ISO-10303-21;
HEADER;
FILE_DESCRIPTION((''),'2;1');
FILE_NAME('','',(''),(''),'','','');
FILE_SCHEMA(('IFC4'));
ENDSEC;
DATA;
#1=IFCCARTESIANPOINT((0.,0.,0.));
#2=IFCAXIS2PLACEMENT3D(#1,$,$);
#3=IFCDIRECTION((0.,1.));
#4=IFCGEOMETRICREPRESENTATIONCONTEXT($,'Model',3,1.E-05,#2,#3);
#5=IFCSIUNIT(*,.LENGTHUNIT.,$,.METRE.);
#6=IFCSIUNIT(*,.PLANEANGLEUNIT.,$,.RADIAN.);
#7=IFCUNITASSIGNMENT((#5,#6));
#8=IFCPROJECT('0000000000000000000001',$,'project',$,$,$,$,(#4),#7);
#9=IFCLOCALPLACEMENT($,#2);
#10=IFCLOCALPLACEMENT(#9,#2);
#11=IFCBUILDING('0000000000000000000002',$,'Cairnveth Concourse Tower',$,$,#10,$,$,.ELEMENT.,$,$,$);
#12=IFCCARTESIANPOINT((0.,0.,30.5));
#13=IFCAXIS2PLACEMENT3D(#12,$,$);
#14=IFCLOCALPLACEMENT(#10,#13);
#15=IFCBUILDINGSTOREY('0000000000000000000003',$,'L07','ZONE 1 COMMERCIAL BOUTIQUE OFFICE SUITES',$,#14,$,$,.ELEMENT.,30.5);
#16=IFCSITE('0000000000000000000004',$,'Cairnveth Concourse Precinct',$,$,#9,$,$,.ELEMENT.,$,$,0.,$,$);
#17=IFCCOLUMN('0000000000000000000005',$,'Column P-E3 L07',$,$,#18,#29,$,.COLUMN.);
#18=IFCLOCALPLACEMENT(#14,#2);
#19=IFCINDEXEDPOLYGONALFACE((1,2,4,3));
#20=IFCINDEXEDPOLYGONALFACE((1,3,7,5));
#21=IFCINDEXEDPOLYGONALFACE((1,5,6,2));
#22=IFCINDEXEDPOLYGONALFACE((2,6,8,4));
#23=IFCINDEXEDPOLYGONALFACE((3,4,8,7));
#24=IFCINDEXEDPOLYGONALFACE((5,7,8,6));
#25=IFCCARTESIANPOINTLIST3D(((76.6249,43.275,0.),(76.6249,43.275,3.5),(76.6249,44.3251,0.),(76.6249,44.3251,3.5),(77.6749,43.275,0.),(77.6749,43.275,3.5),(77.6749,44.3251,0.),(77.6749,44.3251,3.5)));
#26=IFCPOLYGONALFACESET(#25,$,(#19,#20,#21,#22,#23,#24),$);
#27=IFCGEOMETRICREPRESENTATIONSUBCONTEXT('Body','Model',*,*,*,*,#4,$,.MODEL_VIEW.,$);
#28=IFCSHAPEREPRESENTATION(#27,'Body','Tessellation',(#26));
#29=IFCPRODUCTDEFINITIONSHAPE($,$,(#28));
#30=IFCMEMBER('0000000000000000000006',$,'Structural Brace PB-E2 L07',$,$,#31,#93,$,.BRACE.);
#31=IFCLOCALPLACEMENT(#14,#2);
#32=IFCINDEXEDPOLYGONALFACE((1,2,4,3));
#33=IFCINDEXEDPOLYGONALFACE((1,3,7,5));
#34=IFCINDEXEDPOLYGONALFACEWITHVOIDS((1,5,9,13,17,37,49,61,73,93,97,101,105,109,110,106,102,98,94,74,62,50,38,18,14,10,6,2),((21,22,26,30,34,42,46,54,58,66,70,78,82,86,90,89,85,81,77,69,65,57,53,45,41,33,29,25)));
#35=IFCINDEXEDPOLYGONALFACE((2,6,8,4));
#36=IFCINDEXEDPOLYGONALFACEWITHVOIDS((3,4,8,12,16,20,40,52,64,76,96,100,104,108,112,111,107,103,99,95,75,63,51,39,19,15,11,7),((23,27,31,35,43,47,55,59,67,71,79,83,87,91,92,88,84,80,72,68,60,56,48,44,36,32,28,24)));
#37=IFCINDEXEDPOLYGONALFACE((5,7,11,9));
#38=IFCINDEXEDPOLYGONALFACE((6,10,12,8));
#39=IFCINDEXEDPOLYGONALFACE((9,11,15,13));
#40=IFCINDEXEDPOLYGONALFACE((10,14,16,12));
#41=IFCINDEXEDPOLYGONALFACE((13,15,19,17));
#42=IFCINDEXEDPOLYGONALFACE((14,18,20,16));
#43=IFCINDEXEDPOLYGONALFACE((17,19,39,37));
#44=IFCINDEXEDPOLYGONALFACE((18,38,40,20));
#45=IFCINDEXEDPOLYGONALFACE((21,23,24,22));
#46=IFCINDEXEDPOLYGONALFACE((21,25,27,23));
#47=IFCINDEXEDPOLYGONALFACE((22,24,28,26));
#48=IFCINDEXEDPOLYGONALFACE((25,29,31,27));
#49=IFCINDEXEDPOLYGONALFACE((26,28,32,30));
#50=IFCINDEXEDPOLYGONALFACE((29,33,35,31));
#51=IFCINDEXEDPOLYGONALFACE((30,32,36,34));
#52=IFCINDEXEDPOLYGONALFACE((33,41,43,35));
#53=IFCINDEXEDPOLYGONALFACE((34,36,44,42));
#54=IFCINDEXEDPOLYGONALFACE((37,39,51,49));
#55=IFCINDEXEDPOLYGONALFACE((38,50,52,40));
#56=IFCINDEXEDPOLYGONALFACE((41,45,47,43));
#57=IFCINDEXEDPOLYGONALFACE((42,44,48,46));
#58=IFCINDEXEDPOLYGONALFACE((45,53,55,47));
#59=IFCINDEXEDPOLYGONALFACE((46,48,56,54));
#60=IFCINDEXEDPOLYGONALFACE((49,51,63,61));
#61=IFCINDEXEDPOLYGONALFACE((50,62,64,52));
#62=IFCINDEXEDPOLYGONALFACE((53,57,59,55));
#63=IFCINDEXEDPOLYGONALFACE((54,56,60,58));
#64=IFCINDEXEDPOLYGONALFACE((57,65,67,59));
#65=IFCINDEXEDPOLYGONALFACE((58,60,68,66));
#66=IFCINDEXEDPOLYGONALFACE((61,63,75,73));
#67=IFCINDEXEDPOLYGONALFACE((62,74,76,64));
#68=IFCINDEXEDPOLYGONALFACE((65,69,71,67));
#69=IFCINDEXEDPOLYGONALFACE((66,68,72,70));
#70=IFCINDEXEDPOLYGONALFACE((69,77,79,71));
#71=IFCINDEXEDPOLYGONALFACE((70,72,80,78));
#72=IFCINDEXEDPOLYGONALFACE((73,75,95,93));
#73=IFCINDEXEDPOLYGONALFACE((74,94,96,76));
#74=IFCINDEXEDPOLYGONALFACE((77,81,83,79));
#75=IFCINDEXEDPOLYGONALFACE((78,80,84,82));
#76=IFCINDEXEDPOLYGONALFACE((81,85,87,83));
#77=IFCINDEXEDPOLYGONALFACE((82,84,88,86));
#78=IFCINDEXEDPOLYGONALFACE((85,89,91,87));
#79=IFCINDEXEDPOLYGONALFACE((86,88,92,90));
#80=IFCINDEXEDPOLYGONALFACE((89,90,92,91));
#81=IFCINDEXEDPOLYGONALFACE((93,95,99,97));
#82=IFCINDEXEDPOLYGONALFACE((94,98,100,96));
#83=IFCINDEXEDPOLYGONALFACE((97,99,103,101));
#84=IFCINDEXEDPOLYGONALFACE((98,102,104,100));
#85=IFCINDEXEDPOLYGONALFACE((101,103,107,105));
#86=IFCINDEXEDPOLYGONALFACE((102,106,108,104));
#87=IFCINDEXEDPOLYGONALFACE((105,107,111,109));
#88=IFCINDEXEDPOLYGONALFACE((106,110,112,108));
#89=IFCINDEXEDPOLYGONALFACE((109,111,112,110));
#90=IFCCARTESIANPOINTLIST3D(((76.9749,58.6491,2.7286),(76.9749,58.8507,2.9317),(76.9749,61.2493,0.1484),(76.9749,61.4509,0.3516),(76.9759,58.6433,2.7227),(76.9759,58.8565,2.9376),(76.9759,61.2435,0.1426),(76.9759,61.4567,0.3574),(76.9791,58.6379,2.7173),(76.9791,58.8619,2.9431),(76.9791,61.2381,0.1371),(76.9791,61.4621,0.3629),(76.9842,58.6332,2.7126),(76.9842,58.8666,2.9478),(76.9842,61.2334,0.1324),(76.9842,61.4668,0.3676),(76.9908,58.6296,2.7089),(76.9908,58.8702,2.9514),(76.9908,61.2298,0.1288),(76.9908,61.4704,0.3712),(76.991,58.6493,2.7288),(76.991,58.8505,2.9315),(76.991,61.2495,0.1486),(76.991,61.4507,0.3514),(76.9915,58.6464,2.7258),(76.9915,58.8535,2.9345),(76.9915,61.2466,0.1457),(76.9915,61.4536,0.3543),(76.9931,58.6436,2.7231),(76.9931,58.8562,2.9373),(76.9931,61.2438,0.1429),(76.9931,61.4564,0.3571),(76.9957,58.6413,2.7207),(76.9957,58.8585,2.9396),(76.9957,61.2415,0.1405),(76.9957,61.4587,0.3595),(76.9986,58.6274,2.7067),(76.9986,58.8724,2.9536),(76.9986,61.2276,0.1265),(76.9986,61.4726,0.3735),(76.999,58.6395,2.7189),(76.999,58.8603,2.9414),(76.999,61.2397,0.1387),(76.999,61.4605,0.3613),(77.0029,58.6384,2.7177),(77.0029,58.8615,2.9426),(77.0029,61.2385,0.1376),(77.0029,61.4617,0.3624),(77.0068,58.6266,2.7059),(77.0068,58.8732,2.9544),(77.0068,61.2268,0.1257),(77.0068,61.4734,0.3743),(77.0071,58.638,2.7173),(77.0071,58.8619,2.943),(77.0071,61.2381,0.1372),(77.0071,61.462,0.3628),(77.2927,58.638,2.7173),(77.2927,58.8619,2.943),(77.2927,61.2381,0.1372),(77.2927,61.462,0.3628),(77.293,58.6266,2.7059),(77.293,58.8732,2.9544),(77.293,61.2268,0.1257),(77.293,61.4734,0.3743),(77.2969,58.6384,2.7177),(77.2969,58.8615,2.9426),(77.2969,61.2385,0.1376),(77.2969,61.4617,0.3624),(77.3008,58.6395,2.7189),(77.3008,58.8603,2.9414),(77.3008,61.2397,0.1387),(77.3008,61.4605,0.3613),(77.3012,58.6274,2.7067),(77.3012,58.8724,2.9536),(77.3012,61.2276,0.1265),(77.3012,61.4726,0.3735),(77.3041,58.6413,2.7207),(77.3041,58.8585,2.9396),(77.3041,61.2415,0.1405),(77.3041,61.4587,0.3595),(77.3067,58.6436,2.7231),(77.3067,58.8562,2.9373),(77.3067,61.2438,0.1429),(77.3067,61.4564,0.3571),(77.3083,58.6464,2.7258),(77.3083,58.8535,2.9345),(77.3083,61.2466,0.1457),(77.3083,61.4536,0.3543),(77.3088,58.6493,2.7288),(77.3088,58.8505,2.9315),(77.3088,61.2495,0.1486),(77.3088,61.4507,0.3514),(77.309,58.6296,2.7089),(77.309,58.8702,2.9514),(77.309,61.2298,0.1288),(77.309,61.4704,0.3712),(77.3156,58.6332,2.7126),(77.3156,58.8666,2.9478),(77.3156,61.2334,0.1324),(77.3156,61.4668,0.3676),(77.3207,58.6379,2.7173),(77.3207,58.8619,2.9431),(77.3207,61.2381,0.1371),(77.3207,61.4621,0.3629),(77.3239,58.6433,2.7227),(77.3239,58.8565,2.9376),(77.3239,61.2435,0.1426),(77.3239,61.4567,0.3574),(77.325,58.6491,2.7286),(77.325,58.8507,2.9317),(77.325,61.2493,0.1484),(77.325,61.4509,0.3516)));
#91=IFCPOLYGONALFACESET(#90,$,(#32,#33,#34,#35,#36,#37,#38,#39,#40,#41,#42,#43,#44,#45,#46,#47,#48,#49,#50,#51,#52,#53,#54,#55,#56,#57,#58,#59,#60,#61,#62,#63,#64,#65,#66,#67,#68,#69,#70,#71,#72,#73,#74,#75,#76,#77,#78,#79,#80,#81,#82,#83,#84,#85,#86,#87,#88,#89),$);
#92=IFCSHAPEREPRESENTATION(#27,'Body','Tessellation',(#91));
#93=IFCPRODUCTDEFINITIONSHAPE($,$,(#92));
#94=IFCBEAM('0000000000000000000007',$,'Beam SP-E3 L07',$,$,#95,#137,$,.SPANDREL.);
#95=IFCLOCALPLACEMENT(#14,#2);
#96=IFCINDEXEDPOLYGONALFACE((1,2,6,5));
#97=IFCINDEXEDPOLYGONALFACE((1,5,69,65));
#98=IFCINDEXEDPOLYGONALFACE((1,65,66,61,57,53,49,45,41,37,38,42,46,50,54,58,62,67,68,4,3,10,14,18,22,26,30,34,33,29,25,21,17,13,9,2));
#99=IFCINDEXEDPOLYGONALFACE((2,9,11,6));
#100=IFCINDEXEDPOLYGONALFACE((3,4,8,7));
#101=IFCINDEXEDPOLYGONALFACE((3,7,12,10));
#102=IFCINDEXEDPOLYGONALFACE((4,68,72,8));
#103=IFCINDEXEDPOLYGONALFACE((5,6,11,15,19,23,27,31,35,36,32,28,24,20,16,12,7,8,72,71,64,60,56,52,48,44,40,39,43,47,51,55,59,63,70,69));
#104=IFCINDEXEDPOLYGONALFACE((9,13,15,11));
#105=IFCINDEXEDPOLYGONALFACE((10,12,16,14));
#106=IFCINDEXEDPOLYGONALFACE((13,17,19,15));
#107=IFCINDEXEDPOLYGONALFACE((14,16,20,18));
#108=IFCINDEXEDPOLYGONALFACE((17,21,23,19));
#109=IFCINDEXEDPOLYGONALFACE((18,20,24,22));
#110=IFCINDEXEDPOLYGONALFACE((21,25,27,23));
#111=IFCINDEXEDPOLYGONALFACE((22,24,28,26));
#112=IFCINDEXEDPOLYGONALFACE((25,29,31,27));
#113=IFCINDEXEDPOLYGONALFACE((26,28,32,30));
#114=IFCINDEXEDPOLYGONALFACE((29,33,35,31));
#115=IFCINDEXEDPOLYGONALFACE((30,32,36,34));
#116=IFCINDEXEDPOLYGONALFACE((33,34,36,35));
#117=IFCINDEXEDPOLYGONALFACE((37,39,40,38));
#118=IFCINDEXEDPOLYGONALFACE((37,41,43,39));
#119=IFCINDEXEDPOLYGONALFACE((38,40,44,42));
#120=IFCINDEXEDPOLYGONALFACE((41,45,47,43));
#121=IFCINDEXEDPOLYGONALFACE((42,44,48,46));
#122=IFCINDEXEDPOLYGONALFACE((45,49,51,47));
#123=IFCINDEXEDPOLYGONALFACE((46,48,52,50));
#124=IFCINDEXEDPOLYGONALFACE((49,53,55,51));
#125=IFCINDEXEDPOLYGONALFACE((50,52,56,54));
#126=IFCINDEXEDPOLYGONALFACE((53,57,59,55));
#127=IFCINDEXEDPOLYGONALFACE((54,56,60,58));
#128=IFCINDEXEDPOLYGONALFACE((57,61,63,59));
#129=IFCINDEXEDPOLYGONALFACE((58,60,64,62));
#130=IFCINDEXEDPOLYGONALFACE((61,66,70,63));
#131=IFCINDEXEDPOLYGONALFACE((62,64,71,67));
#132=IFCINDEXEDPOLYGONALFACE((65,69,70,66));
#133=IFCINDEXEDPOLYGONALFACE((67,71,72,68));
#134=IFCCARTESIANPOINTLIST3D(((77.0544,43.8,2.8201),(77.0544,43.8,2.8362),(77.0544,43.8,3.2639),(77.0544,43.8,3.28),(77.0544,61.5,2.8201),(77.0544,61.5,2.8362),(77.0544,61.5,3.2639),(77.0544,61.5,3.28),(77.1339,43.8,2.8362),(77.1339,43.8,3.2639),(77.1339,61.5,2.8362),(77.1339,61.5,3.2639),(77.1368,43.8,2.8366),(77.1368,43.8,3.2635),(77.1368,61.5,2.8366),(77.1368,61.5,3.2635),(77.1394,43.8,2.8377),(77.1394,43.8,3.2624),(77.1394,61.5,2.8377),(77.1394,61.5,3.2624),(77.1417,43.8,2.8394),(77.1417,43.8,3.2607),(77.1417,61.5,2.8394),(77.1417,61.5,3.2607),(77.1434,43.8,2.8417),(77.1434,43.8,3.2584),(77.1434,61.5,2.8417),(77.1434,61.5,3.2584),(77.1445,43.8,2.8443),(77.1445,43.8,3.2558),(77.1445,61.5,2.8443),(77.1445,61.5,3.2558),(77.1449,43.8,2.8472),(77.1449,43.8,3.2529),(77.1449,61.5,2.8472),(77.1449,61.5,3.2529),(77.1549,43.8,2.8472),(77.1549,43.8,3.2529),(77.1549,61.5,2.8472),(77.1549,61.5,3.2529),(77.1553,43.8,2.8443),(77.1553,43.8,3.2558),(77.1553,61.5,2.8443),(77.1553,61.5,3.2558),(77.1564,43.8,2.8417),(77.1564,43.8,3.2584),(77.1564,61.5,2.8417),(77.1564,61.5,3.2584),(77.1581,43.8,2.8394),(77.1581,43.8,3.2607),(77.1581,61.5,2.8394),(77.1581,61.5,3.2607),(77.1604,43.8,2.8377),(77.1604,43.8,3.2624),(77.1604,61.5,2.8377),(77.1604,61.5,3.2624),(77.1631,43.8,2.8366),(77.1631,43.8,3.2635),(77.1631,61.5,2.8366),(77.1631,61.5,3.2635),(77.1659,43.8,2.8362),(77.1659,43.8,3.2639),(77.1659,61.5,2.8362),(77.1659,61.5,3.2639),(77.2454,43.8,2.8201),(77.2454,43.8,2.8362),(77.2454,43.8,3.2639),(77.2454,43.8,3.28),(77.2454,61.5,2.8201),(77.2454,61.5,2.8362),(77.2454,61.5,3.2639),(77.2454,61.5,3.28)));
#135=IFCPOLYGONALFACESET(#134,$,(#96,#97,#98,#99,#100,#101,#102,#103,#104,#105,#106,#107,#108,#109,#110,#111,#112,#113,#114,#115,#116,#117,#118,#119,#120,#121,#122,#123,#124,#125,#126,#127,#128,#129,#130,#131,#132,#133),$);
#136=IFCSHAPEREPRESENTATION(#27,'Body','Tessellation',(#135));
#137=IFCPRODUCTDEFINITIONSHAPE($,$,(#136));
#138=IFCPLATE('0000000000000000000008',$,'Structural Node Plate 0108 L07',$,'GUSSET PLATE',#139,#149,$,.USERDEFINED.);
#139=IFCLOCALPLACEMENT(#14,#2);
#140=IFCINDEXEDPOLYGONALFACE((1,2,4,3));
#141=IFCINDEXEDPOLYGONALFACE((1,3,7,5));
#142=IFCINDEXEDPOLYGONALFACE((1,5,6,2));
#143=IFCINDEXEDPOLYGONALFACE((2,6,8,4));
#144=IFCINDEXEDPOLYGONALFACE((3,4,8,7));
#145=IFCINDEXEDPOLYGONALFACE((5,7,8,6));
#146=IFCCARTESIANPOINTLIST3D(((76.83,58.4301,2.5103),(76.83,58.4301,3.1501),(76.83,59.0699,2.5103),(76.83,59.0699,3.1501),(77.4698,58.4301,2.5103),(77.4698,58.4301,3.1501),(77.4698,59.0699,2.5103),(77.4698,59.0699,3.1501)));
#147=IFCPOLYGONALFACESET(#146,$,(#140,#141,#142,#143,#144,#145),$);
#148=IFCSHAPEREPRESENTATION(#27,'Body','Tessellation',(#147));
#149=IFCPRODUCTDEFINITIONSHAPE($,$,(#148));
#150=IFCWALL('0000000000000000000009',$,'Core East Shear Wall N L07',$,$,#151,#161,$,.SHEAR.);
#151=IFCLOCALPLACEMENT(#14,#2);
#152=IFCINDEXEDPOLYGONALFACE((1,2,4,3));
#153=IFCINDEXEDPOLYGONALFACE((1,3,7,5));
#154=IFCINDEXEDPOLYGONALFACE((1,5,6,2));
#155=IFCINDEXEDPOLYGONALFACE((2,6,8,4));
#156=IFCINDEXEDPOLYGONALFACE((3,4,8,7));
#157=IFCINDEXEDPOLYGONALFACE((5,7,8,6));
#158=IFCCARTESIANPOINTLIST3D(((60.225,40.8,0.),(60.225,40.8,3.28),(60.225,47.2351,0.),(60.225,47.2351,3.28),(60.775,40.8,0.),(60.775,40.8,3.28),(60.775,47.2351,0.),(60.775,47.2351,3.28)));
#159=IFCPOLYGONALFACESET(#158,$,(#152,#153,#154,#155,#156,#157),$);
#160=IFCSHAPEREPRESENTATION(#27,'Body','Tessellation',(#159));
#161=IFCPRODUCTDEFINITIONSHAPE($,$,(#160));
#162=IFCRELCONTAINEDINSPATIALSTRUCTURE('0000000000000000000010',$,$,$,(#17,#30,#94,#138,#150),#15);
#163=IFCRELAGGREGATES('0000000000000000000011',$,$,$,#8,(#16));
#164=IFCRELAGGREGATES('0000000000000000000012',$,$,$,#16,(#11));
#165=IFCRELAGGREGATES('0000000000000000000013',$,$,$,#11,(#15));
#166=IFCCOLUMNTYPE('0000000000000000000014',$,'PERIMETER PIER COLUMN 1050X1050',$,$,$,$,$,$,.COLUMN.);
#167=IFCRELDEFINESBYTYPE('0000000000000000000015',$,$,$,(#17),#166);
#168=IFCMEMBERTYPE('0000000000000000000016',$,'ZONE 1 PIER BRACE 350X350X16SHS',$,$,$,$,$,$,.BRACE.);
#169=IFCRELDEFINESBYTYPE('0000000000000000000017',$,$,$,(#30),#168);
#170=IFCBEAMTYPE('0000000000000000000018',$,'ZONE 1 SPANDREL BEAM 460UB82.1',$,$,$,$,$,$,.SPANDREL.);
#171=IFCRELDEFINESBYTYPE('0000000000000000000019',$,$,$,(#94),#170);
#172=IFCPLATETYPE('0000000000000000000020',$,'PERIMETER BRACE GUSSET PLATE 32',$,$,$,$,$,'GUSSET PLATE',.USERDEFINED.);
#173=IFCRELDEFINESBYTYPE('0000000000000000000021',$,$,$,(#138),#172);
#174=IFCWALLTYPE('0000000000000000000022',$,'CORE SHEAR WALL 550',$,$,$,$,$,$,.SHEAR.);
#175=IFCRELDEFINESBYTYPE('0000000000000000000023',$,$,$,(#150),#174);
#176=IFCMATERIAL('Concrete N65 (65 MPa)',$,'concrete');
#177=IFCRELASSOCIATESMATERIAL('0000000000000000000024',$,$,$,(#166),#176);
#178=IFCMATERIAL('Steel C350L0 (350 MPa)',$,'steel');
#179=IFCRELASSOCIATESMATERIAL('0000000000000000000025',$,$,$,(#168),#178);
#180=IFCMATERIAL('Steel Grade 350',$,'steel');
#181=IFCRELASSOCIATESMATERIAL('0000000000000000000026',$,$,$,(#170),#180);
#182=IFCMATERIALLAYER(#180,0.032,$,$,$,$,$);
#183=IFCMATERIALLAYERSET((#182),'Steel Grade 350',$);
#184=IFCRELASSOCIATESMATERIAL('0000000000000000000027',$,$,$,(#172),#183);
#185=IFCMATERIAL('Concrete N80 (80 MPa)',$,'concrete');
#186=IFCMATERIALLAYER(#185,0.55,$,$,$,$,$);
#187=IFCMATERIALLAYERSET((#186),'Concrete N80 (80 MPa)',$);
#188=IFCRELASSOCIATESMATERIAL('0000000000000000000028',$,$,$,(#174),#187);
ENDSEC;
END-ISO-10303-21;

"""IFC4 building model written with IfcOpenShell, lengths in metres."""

from ifc_helpers import new_model, si_unit, direction, frame, frame_2d, origin, origin_2d, place, context, subcontext, project, spatial, rectangle, hollow_rectangle, i_section, extrude, material, layer, layer_set, material_profile, profile_set, type_object, element, save


model = new_model("IFC4")

# Units and contexts
model_context = context("Model", 3, precision=1e-05, world=origin(), true_north=direction((0.0, 1.0)))
body_context = subcontext(model_context, "Body", "Model", "MODEL_VIEW")
ifc_project = project(units=[si_unit("LENGTHUNIT", "METRE"), si_unit("PLANEANGLEUNIT", "RADIAN")], contexts=[model_context])

# Site, building, storey
site_placement = place(None, origin())
site = spatial("IfcSite", under=ifc_project, at=site_placement, Name="Cairnveth Concourse Precinct", CompositionType="ELEMENT", RefElevation=0.0)
building_placement = place(site_placement, origin())
building = spatial("IfcBuilding", under=site, at=building_placement, Name="Cairnveth Concourse Tower", CompositionType="ELEMENT")
storey_placement = place(building_placement, frame((0.0, 0.0, 30.5)))
storey = spatial("IfcBuildingStorey", under=building, at=storey_placement, Name="L07", Description="ZONE 1 COMMERCIAL BOUTIQUE OFFICE SUITES", CompositionType="ELEMENT", Elevation=30.5)

# Column
ifc_material_1 = material(Name="Concrete N65 (65 MPa)", Category="concrete")
ifc_material_profile_1 = material_profile(ifc_material_1, rectangle(XDim=1.05, YDim=1.05, at=origin_2d()), Name="RC-COL-1050x1050")
ifc_profile_set_1 = profile_set([ifc_material_profile_1], Name="Concrete N65 (65 MPa)")
column_type = type_object("IfcColumnType", Name="PERIMETER PIER COLUMN 1050X1050", PredefinedType="COLUMN", material=ifc_profile_set_1)
column_placement = place(storey_placement, frame((77.1499, 43.8, 0.0), z_axis=(0.0, 0.0, 1.0), x_axis=(0.0, 1.0, 0.0)))
element("IfcColumn", 1, at=column_placement, inside=storey, type_object=column_type, Name="Column P-E3 L07", PredefinedType="COLUMN", context=body_context, shape_type="SweptSolid", body=[
    extrude(rectangle(XDim=1.05, YDim=1.05, at=origin_2d()), origin(), (0.0, 0.0, 1.0), 3.5),
])

# Member
ifc_material_2 = material(Name="Steel C350L0 (350 MPa)", Category="steel")
ifc_material_profile_2 = material_profile(ifc_material_2, hollow_rectangle(XDim=0.3501, YDim=0.3501, WallThickness=0.0161, InnerFilletRadius=0.0161, OuterFilletRadius=0.032, at=origin_2d()), Name="350x350x16.0SHS")
ifc_profile_set_2 = profile_set([ifc_material_profile_2], Name="Steel C350L0 (350 MPa)")
member_type = type_object("IfcMemberType", Name="ZONE 1 PIER BRACE 350X350X16SHS", PredefinedType="BRACE", material=ifc_profile_set_2)
member_placement = place(storey_placement, frame((77.1499, 61.3501, 0.25), z_axis=(0.0, -0.709834, 0.704369), x_axis=(1.0, 0.0, 0.0)))
element("IfcMember", 2, at=member_placement, inside=storey, type_object=member_type, Name="Structural Brace PB-E2 L07", PredefinedType="BRACE", context=body_context, shape_type="SweptSolid", body=[
    extrude(hollow_rectangle(XDim=0.3501, YDim=0.3501, WallThickness=0.0161, InnerFilletRadius=0.0161, OuterFilletRadius=0.032, at=origin_2d()), origin(), (0.0, 0.0, 1.0), 3.6631),
])

# Beam
ifc_material_3 = material(Name="Steel Grade 350", Category="steel")
ifc_material_profile_3 = material_profile(ifc_material_3, i_section(OverallWidth=0.1909, OverallDepth=0.46, WebThickness=0.01, FlangeThickness=0.0161, FilletRadius=0.011, at=origin_2d()), Name="460UB82.1")
ifc_profile_set_3 = profile_set([ifc_material_profile_3], Name="Steel Grade 350")
beam_type = type_object("IfcBeamType", Name="ZONE 1 SPANDREL BEAM 460UB82.1", PredefinedType="SPANDREL", material=ifc_profile_set_3)
beam_placement = place(storey_placement, frame((77.1499, 43.8, 3.05), z_axis=(0.0, 1.0, 0.0), x_axis=(-1.0, 0.0, 0.0)))
element("IfcBeam", 3, at=beam_placement, inside=storey, type_object=beam_type, Name="Beam SP-E3 L07", PredefinedType="SPANDREL", context=body_context, shape_type="SweptSolid", body=[
    extrude(i_section(OverallWidth=0.1909, OverallDepth=0.46, WebThickness=0.01, FlangeThickness=0.0161, FilletRadius=0.011, at=origin_2d()), origin(), (0.0, 0.0, 1.0), 17.7),
])

# Plate
ifc_layer_1 = layer(ifc_material_3, 0.032)
ifc_layer_set_1 = layer_set([ifc_layer_1], Name="Steel Grade 350")
plate_type = type_object("IfcPlateType", Name="PERIMETER BRACE GUSSET PLATE 32", ElementType="GUSSET PLATE", PredefinedType="USERDEFINED", material=ifc_layer_set_1)
plate_placement = place(storey_placement, frame((77.1499, 58.75, 2.5103), z_axis=(0.0, 0.0, 1.0), x_axis=(1.0, 0.0, 0.0)))
element("IfcPlate", 4, at=plate_placement, inside=storey, type_object=plate_type, Name="Structural Node Plate 0108 L07", ObjectType="GUSSET PLATE", PredefinedType="USERDEFINED", context=body_context, shape_type="SweptSolid", body=[
    extrude(rectangle(XDim=0.6399, YDim=0.6399, at=origin_2d()), origin(), (0.0, 0.0, 1.0), 0.6399),
])

# Wall
ifc_material_4 = material(Name="Concrete N80 (80 MPa)", Category="concrete")
ifc_layer_2 = layer(ifc_material_4, 0.55)
ifc_layer_set_2 = layer_set([ifc_layer_2], Name="Concrete N80 (80 MPa)")
wall_type_1 = type_object("IfcWallType", Name="CORE SHEAR WALL 550", PredefinedType="SHEAR", material=ifc_layer_set_2)
wall_1_placement = place(storey_placement, frame((60.5, 40.8, 0.0), z_axis=(0.0, 0.0, 1.0), x_axis=(0.0, 1.0, 0.0)))
element("IfcWall", 5, at=wall_1_placement, inside=storey, type_object=wall_type_1, Name="Core East Shear Wall N L07", PredefinedType="SHEAR", context=body_context, shape_type="SweptSolid", body=[
    extrude(rectangle(XDim=6.4351, YDim=0.55, at=frame_2d((3.2175, 0.0))), origin(), (0.0, 0.0, 1.0), 3.28),
])

save(model, "model.ifc")
